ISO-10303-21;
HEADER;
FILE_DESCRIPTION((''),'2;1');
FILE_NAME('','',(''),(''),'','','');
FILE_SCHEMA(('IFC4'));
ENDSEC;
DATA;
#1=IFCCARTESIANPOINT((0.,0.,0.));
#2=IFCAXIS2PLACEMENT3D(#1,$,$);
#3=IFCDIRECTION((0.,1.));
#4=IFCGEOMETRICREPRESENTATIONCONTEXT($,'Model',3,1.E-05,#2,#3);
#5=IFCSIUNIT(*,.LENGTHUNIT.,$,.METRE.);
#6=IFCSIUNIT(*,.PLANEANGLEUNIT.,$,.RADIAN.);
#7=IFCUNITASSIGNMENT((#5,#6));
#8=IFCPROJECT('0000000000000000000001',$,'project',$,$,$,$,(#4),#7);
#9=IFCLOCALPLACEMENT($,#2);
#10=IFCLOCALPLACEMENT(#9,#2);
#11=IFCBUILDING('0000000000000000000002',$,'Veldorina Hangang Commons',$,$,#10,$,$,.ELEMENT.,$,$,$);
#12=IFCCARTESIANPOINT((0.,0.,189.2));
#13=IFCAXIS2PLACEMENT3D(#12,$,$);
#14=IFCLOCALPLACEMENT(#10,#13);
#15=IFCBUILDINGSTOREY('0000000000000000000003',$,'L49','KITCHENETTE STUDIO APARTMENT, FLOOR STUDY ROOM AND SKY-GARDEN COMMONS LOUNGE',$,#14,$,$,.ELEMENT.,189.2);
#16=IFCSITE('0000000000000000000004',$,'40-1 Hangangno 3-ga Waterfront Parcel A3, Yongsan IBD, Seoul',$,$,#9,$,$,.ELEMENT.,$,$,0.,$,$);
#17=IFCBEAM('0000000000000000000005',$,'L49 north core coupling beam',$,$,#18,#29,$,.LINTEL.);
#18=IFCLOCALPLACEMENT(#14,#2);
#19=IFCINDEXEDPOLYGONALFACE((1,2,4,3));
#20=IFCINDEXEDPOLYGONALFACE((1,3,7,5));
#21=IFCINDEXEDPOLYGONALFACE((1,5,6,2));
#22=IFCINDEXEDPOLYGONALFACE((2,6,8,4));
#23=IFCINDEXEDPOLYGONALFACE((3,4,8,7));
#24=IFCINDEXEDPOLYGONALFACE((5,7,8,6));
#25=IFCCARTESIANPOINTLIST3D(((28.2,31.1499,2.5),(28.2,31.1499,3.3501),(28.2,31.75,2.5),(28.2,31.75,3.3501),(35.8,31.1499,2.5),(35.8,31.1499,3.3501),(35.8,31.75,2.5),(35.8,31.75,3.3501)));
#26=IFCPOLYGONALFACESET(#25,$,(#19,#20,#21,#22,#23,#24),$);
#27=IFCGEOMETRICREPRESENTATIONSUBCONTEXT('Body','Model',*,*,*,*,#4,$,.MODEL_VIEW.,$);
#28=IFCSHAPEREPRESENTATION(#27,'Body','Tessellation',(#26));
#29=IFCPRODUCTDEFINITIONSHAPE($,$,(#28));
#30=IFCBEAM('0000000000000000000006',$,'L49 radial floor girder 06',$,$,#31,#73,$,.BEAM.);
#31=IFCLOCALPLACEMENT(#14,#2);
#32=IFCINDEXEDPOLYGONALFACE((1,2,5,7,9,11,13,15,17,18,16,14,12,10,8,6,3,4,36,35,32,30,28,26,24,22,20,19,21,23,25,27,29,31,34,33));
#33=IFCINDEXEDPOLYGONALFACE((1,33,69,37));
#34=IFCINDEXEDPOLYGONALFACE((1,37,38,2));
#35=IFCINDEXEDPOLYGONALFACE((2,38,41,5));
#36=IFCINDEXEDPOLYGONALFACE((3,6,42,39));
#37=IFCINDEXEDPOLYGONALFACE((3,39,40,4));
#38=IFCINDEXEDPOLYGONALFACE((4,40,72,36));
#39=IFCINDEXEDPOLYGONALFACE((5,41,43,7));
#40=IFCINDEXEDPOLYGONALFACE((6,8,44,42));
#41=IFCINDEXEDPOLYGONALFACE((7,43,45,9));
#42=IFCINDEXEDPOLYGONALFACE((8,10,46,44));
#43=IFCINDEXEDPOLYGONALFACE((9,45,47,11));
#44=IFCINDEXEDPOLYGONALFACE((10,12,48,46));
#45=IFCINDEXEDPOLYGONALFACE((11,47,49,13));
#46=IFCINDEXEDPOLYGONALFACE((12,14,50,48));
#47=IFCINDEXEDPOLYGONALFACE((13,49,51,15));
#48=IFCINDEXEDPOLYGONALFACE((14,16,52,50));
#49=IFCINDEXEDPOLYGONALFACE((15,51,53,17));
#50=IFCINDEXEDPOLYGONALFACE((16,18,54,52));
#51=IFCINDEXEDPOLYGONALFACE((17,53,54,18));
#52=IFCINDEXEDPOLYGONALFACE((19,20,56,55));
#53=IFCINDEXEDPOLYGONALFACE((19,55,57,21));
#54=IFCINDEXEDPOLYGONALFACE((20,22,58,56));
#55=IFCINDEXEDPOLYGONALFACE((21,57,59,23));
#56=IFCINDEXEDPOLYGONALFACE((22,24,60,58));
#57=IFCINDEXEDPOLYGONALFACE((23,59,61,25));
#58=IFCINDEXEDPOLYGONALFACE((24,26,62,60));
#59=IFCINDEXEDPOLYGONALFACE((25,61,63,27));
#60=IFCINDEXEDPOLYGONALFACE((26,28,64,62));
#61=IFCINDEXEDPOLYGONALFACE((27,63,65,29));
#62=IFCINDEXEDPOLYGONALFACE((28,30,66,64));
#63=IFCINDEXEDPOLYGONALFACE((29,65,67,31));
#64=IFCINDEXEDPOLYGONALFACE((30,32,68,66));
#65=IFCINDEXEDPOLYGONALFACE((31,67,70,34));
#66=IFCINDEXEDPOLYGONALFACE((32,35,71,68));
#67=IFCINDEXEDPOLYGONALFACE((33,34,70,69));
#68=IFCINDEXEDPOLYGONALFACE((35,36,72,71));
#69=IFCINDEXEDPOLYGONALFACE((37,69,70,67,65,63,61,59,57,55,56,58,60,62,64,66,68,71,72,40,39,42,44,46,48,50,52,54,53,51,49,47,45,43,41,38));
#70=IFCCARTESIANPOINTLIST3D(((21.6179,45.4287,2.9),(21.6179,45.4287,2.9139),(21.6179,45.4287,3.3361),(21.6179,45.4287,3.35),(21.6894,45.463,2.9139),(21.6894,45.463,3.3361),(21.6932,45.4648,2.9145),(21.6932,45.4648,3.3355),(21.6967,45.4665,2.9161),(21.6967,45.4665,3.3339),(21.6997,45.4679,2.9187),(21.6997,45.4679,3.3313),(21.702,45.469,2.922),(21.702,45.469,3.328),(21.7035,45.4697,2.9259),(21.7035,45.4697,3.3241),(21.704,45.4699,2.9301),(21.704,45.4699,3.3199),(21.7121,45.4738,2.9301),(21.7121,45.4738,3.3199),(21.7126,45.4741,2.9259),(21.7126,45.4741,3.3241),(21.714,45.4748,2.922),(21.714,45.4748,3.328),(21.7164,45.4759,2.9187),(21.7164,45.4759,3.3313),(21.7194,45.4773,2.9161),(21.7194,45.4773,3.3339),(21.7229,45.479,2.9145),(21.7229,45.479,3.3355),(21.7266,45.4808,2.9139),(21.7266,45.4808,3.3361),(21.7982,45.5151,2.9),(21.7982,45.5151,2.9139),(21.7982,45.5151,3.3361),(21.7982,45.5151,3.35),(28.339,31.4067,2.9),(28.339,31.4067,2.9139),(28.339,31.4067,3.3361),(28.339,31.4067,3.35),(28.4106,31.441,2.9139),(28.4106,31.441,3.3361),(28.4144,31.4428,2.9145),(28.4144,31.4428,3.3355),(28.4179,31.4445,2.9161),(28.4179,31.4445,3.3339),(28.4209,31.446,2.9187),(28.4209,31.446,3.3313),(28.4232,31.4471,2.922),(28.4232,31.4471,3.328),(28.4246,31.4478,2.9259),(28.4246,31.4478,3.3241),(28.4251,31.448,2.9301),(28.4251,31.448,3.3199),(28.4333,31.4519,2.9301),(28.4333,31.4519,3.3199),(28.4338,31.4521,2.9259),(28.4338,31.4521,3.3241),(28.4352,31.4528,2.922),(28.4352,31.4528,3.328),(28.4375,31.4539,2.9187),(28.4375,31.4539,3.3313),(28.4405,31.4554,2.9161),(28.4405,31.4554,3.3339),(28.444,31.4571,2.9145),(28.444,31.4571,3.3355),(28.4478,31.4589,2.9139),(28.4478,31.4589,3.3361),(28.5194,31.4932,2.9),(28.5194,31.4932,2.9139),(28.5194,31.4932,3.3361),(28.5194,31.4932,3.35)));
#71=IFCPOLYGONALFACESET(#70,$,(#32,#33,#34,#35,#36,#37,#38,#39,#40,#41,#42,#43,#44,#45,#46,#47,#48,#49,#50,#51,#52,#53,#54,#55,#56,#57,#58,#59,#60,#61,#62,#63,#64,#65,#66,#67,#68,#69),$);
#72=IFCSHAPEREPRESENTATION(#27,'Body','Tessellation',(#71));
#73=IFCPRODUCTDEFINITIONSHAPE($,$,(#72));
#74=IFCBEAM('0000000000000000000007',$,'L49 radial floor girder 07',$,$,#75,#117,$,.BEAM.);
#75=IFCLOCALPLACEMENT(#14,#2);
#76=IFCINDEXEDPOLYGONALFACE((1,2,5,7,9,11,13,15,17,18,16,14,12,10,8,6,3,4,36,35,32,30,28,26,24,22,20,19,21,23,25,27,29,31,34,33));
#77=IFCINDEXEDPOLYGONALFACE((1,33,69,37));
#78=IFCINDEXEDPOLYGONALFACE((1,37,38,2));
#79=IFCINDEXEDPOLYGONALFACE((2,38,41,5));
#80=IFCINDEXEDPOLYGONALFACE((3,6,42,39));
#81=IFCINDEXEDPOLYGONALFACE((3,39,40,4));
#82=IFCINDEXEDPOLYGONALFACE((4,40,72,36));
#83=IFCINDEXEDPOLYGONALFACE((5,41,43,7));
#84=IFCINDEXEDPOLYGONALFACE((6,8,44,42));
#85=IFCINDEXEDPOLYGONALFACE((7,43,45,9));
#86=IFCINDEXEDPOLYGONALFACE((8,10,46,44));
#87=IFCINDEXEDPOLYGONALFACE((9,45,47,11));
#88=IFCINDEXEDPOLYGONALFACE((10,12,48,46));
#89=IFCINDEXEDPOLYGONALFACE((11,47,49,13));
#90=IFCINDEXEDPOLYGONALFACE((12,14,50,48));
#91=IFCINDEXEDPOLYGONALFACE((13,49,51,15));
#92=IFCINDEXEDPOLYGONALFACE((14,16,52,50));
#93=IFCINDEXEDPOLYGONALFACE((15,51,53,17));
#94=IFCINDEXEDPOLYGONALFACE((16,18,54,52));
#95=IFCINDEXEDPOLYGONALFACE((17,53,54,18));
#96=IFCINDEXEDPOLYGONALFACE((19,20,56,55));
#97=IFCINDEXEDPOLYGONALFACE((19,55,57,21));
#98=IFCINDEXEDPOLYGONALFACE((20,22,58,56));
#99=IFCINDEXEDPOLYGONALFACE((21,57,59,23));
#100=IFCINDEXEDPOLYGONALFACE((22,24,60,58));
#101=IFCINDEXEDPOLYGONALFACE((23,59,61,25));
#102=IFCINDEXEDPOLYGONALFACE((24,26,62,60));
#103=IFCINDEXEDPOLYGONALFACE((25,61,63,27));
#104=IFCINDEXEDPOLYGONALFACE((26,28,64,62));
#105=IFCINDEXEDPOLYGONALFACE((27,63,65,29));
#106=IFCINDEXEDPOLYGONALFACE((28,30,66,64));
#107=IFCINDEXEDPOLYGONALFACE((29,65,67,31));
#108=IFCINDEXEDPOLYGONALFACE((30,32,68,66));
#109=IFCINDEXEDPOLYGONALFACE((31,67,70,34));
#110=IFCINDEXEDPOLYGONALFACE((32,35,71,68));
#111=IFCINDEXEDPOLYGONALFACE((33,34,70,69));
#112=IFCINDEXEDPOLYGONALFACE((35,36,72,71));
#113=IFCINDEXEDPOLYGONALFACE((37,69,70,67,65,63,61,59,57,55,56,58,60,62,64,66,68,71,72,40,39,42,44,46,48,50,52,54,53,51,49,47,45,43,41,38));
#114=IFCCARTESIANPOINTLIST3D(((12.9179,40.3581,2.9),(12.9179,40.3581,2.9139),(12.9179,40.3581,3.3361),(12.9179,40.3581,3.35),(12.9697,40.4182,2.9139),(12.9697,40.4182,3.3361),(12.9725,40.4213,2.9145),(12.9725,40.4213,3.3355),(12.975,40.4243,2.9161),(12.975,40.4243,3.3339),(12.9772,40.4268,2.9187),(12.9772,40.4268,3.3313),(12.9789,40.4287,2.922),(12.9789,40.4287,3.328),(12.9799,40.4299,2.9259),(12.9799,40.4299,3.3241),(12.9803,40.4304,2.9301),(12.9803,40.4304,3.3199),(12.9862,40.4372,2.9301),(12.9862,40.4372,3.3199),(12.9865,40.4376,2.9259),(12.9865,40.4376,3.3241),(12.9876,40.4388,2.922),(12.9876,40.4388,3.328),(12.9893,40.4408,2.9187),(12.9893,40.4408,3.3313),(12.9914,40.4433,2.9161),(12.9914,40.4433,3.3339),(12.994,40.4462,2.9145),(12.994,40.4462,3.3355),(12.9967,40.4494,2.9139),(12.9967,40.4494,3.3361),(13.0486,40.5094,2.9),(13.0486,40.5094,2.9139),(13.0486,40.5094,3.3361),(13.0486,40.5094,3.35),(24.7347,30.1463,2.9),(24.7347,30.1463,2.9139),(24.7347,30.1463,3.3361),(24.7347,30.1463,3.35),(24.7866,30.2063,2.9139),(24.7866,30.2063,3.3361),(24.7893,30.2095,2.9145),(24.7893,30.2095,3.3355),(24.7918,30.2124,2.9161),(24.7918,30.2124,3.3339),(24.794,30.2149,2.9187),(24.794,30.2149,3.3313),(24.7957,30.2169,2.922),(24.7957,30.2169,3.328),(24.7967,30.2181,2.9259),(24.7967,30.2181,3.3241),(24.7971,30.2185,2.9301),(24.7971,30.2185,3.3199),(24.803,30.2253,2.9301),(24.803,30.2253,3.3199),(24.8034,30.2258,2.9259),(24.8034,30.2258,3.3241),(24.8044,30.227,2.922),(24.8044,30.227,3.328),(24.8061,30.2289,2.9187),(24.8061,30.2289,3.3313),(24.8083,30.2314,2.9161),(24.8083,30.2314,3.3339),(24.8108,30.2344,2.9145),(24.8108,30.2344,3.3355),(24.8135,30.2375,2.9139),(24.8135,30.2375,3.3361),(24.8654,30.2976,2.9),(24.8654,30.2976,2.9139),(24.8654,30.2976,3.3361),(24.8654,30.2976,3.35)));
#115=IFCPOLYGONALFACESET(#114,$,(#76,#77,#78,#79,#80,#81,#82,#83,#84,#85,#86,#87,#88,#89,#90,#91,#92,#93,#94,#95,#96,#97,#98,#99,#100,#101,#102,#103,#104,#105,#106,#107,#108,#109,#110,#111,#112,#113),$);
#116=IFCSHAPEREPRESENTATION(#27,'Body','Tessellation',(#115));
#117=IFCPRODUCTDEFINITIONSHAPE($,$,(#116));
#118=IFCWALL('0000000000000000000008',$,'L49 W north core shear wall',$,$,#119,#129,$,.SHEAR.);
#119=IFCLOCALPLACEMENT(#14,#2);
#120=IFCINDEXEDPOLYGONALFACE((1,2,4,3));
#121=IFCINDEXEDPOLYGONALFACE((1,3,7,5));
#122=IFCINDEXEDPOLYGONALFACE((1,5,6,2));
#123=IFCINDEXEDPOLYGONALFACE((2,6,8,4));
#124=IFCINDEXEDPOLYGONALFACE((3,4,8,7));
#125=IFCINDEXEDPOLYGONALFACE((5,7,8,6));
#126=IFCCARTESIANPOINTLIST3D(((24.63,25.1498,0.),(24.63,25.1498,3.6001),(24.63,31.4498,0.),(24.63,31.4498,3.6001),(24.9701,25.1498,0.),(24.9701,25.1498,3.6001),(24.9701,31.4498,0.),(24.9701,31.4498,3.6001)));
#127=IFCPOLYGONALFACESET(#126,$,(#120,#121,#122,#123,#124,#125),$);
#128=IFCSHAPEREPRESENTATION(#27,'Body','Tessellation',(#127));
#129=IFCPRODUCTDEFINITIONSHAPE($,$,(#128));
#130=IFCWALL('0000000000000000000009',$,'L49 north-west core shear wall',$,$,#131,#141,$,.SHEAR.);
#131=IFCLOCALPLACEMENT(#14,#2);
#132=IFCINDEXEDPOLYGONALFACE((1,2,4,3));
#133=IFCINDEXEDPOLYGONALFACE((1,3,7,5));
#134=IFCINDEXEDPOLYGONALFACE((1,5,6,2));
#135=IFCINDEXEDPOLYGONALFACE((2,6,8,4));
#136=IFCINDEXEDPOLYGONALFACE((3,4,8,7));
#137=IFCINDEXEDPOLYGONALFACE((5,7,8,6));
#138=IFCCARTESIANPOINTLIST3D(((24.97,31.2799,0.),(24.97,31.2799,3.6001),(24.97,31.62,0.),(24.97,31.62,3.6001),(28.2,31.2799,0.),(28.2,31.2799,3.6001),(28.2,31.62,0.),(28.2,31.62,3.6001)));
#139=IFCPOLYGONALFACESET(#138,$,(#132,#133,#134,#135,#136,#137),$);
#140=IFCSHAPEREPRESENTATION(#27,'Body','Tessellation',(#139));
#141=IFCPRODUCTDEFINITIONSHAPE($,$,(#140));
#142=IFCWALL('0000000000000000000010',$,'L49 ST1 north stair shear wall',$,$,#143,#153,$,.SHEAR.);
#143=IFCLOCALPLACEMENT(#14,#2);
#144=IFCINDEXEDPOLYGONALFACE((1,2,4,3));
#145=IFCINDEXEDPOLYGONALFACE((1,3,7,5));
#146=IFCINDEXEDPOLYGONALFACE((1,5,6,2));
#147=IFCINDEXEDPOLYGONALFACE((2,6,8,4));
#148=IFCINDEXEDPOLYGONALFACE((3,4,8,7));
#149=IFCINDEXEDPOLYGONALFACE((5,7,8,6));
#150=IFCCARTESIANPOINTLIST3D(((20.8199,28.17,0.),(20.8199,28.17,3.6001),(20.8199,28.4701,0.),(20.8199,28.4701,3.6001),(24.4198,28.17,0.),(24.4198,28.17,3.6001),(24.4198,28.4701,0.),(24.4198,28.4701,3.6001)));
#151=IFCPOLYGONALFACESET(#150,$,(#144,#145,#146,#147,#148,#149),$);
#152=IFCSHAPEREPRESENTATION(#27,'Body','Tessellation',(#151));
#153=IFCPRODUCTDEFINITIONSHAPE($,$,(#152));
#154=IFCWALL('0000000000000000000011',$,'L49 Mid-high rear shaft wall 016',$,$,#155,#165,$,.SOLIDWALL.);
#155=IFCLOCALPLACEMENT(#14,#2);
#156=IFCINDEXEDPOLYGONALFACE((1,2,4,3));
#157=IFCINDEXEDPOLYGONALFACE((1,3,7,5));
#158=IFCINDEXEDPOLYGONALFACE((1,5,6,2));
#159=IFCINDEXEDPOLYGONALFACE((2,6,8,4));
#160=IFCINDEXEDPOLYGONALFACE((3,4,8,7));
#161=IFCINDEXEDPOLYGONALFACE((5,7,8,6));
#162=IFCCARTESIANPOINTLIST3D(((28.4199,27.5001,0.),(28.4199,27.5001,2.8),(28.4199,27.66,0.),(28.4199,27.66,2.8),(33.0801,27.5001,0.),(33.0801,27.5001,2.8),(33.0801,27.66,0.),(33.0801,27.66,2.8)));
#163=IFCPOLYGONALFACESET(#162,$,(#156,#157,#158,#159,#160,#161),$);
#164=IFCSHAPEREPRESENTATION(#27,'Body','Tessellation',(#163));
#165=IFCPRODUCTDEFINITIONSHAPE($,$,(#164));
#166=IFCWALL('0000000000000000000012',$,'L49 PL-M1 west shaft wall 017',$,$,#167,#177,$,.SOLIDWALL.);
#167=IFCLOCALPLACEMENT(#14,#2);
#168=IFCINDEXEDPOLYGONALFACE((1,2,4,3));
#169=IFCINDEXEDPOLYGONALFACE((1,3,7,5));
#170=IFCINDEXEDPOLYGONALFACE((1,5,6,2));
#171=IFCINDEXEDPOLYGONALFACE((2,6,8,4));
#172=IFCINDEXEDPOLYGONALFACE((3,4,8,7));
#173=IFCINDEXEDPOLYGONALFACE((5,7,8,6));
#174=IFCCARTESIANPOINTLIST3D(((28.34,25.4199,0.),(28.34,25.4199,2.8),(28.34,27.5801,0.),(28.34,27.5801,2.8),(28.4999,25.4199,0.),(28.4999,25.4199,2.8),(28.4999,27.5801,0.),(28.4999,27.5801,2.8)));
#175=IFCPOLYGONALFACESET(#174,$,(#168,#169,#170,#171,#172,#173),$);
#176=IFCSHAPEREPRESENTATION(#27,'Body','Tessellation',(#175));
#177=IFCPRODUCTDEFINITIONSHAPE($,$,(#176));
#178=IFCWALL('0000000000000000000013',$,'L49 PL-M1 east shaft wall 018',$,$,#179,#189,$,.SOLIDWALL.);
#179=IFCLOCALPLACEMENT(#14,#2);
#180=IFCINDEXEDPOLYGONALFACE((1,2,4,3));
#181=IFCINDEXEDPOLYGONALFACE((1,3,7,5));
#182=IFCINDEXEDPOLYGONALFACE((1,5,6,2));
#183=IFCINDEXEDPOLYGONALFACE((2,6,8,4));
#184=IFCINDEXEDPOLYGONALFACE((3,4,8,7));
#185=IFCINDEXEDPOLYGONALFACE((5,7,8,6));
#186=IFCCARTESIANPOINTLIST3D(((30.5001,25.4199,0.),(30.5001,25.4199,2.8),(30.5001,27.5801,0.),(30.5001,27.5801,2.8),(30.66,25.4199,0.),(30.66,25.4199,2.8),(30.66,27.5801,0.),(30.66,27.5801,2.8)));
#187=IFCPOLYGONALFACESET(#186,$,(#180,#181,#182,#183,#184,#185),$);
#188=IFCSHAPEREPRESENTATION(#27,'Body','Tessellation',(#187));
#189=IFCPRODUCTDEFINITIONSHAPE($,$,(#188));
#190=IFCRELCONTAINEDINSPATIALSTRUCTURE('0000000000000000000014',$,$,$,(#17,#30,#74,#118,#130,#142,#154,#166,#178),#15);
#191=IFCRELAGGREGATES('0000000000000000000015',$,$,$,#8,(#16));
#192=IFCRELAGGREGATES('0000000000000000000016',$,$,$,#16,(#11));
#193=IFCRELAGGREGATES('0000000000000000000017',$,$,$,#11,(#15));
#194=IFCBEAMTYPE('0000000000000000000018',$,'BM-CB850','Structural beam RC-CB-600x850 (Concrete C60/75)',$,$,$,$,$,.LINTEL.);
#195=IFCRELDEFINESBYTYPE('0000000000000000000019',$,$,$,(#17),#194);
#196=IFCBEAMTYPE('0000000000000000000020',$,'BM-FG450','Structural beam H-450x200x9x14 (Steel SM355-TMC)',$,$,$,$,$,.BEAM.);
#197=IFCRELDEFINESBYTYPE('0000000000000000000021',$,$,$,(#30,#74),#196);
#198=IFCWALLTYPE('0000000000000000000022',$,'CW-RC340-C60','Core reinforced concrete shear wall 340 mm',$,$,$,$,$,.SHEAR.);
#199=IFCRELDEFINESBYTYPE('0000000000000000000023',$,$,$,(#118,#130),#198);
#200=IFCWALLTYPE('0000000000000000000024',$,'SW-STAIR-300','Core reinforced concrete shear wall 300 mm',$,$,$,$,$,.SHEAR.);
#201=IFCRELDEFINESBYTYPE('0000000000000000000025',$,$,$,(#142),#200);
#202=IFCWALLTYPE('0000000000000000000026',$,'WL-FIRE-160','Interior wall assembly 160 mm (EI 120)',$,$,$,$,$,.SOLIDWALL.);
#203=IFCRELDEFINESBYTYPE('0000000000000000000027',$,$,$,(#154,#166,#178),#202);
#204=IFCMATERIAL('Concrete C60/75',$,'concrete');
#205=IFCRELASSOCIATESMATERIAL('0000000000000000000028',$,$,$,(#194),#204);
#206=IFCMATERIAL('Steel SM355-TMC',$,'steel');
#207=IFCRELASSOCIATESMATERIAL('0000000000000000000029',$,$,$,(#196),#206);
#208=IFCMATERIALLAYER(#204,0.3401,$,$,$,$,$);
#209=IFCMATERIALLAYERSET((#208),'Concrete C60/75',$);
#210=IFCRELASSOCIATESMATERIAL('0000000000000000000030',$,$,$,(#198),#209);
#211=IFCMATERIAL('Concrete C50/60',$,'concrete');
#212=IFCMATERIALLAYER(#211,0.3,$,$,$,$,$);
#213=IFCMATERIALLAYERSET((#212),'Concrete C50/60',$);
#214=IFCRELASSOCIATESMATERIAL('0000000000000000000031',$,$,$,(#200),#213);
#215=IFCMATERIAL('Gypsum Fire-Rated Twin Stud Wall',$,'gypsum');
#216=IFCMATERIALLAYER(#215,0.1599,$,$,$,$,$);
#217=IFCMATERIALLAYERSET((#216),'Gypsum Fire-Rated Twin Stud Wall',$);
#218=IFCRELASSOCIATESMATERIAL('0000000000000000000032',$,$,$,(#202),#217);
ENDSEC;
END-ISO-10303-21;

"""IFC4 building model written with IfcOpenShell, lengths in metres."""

from ifc_helpers import new_model, si_unit, direction, frame, frame_2d, origin, origin_2d, place, context, subcontext, project, spatial, rectangle, i_section, extrude, material, layer, layer_set, material_profile, profile_set, type_object, element, save


model = new_model("IFC4")

# Units and contexts
model_context = context("Model", 3, precision=1e-05, world=origin(), true_north=direction((0.0, 1.0)))
body_context = subcontext(model_context, "Body", "Model", "MODEL_VIEW")
ifc_project = project(units=[si_unit("LENGTHUNIT", "METRE"), si_unit("PLANEANGLEUNIT", "RADIAN")], contexts=[model_context])

# Site, building, storey
site_placement = place(None, origin())
site = spatial("IfcSite", under=ifc_project, at=site_placement, Name="40-1 Hangangno 3-ga Waterfront Parcel A3, Yongsan IBD, Seoul", CompositionType="ELEMENT", RefElevation=0.0)
building_placement = place(site_placement, origin())
building = spatial("IfcBuilding", under=site, at=building_placement, Name="Veldorina Hangang Commons", CompositionType="ELEMENT")
storey_placement = place(building_placement, frame((0.0, 0.0, 189.2)))
storey = spatial("IfcBuildingStorey", under=building, at=storey_placement, Name="L49", Description="KITCHENETTE STUDIO APARTMENT, FLOOR STUDY ROOM AND SKY-GARDEN COMMONS LOUNGE", CompositionType="ELEMENT", Elevation=189.2)

# Beams
ifc_material_1 = material(Name="Concrete C60/75", Category="concrete")
ifc_material_profile_1 = material_profile(ifc_material_1, rectangle(XDim=0.6001, YDim=0.8501, at=origin_2d()), Name="RC-CB-600x850")
ifc_profile_set_1 = profile_set([ifc_material_profile_1], Name="Concrete C60/75")
beam_type_1 = type_object("IfcBeamType", Name="BM-CB850", Description="Structural beam RC-CB-600x850 (Concrete C60/75)", PredefinedType="LINTEL", material=ifc_profile_set_1)
beam_1_placement = place(storey_placement, frame((28.2, 31.45, 2.925), z_axis=(1.0, 0.0, 0.0), x_axis=(0.0, 1.0, 0.0)))
element("IfcBeam", 1, at=beam_1_placement, inside=storey, type_object=beam_type_1, Name="L49 north core coupling beam", PredefinedType="LINTEL", context=body_context, shape_type="SweptSolid", body=[
    extrude(rectangle(XDim=0.6001, YDim=0.8501, at=origin_2d()), origin(), (0.0, 0.0, 1.0), 7.6001),
])
ifc_material_2 = material(Name="Steel SM355-TMC", Category="steel")
ifc_material_profile_2 = material_profile(ifc_material_2, i_section(OverallWidth=0.2, OverallDepth=0.45, WebThickness=0.009, FlangeThickness=0.0139, FilletRadius=0.0161, at=origin_2d()), Name="H-450x200x9x14")
ifc_profile_set_2 = profile_set([ifc_material_profile_2], Name="Steel SM355-TMC")
beam_type_2 = type_object("IfcBeamType", Name="BM-FG450", Description="Structural beam H-450x200x9x14 (Steel SM355-TMC)", PredefinedType="BEAM", material=ifc_profile_set_2)
beam_2_placement = place(storey_placement, frame((28.4292, 31.45, 3.125), z_axis=(-0.432242, 0.901758, 0.0), x_axis=(-0.901758, -0.432242, 0.0)))
element("IfcBeam", 2, at=beam_2_placement, inside=storey, type_object=beam_type_2, Name="L49 radial floor girder 06", PredefinedType="BEAM", context=body_context, shape_type="SweptSolid", body=[
    extrude(i_section(OverallWidth=0.2, OverallDepth=0.45, WebThickness=0.009, FlangeThickness=0.0139, FilletRadius=0.0161, at=origin_2d()), origin(), (0.0, 0.0, 1.0), 15.5496),
])
beam_3_placement = place(storey_placement, frame((24.8, 30.2219, 3.125), z_axis=(-0.75662, 0.653855, 0.0), x_axis=(-0.653855, -0.75662, 0.0)))
element("IfcBeam", 3, at=beam_3_placement, inside=storey, type_object=beam_type_2, Name="L49 radial floor girder 07", PredefinedType="BEAM", context=body_context, shape_type="SweptSolid", body=[
    extrude(i_section(OverallWidth=0.2, OverallDepth=0.45, WebThickness=0.009, FlangeThickness=0.0139, FilletRadius=0.0161, at=origin_2d()), origin(), (0.0, 0.0, 1.0), 15.6179),
])

# Walls
ifc_layer_1 = layer(ifc_material_1, 0.3401)
ifc_layer_set_1 = layer_set([ifc_layer_1], Name="Concrete C60/75")
wall_type_1 = type_object("IfcWallType", Name="CW-RC340-C60", Description="Core reinforced concrete shear wall 340 mm", PredefinedType="SHEAR", material=ifc_layer_set_1)
wall_1_placement = place(storey_placement, frame((24.8, 25.1499, 0.0), z_axis=(0.0, 0.0, 1.0), x_axis=(0.0, 1.0, 0.0)))
element("IfcWall", 4, at=wall_1_placement, inside=storey, type_object=wall_type_1, Name="L49 W north core shear wall", PredefinedType="SHEAR", context=body_context, shape_type="SweptSolid", body=[
    extrude(rectangle(XDim=6.3, YDim=0.3401, at=frame_2d((3.1499, 0.0))), origin(), (0.0, 0.0, 1.0), 3.6001),
])
wall_2_placement = place(storey_placement, frame((24.97, 31.45, 0.0), z_axis=(0.0, 0.0, 1.0), x_axis=(1.0, 0.0, 0.0)))
element("IfcWall", 5, at=wall_2_placement, inside=storey, type_object=wall_type_1, Name="L49 north-west core shear wall", PredefinedType="SHEAR", context=body_context, shape_type="SweptSolid", body=[
    extrude(rectangle(XDim=3.23, YDim=0.3401, at=frame_2d((1.615, 0.0))), origin(), (0.0, 0.0, 1.0), 3.6001),
])
ifc_material_3 = material(Name="Concrete C50/60", Category="concrete")
ifc_layer_2 = layer(ifc_material_3, 0.3)
ifc_layer_set_2 = layer_set([ifc_layer_2], Name="Concrete C50/60")
wall_type_2 = type_object("IfcWallType", Name="SW-STAIR-300", Description="Core reinforced concrete shear wall 300 mm", PredefinedType="SHEAR", material=ifc_layer_set_2)
wall_3_placement = place(storey_placement, frame((20.8201, 28.3201, 0.0), z_axis=(0.0, 0.0, 1.0), x_axis=(1.0, 0.0, 0.0)))
element("IfcWall", 6, at=wall_3_placement, inside=storey, type_object=wall_type_2, Name="L49 ST1 north stair shear wall", PredefinedType="SHEAR", context=body_context, shape_type="SweptSolid", body=[
    extrude(rectangle(XDim=3.5999, YDim=0.3, at=frame_2d((1.7998, 0.0))), origin(), (0.0, 0.0, 1.0), 3.6001),
])

# Shared definitions
ifc_material_4 = material(Name="Gypsum Fire-Rated Twin Stud Wall", Category="gypsum")
ifc_layer_3 = layer(ifc_material_4, 0.1599)
ifc_layer_set_3 = layer_set([ifc_layer_3], Name="Gypsum Fire-Rated Twin Stud Wall")
wall_type_3 = type_object("IfcWallType", Name="WL-FIRE-160", Description="Interior wall assembly 160 mm (EI 120)", PredefinedType="SOLIDWALL", material=ifc_layer_set_3)

# Walls
wall_4_placement = place(storey_placement, frame((28.4199, 27.5801, 0.0), z_axis=(0.0, 0.0, 1.0), x_axis=(1.0, 0.0, 0.0)))
element("IfcWall", 7, at=wall_4_placement, inside=storey, type_object=wall_type_3, Name="L49 Mid-high rear shaft wall 016", PredefinedType="SOLIDWALL", context=body_context, shape_type="SweptSolid", body=[
    extrude(rectangle(XDim=4.6602, YDim=0.1599, at=frame_2d((2.3301, 0.0))), origin(), (0.0, 0.0, 1.0), 2.8),
])
for number, where, z_axis, x_axis, name in (
    (8, (28.4199, 25.4199, 0.0), (0.0, 0.0, 1.0), (0.0, 1.0, 0.0), "L49 PL-M1 west shaft wall 017"),
    (9, (30.5801, 25.4199, 0.0), (0.0, 0.0, 1.0), (0.0, 1.0, 0.0), "L49 PL-M1 east shaft wall 018"),
):
    element("IfcWall", number, at=place(storey_placement, frame(where, z_axis=z_axis, x_axis=x_axis)), inside=storey, type_object=wall_type_3, Name=name, PredefinedType="SOLIDWALL", context=body_context, shape_type="SweptSolid", body=[
        extrude(rectangle(XDim=2.1602, YDim=0.1599, at=frame_2d((1.0801, 0.0))), origin(), (0.0, 0.0, 1.0), 2.8),
    ])

save(model, "model.ifc")
